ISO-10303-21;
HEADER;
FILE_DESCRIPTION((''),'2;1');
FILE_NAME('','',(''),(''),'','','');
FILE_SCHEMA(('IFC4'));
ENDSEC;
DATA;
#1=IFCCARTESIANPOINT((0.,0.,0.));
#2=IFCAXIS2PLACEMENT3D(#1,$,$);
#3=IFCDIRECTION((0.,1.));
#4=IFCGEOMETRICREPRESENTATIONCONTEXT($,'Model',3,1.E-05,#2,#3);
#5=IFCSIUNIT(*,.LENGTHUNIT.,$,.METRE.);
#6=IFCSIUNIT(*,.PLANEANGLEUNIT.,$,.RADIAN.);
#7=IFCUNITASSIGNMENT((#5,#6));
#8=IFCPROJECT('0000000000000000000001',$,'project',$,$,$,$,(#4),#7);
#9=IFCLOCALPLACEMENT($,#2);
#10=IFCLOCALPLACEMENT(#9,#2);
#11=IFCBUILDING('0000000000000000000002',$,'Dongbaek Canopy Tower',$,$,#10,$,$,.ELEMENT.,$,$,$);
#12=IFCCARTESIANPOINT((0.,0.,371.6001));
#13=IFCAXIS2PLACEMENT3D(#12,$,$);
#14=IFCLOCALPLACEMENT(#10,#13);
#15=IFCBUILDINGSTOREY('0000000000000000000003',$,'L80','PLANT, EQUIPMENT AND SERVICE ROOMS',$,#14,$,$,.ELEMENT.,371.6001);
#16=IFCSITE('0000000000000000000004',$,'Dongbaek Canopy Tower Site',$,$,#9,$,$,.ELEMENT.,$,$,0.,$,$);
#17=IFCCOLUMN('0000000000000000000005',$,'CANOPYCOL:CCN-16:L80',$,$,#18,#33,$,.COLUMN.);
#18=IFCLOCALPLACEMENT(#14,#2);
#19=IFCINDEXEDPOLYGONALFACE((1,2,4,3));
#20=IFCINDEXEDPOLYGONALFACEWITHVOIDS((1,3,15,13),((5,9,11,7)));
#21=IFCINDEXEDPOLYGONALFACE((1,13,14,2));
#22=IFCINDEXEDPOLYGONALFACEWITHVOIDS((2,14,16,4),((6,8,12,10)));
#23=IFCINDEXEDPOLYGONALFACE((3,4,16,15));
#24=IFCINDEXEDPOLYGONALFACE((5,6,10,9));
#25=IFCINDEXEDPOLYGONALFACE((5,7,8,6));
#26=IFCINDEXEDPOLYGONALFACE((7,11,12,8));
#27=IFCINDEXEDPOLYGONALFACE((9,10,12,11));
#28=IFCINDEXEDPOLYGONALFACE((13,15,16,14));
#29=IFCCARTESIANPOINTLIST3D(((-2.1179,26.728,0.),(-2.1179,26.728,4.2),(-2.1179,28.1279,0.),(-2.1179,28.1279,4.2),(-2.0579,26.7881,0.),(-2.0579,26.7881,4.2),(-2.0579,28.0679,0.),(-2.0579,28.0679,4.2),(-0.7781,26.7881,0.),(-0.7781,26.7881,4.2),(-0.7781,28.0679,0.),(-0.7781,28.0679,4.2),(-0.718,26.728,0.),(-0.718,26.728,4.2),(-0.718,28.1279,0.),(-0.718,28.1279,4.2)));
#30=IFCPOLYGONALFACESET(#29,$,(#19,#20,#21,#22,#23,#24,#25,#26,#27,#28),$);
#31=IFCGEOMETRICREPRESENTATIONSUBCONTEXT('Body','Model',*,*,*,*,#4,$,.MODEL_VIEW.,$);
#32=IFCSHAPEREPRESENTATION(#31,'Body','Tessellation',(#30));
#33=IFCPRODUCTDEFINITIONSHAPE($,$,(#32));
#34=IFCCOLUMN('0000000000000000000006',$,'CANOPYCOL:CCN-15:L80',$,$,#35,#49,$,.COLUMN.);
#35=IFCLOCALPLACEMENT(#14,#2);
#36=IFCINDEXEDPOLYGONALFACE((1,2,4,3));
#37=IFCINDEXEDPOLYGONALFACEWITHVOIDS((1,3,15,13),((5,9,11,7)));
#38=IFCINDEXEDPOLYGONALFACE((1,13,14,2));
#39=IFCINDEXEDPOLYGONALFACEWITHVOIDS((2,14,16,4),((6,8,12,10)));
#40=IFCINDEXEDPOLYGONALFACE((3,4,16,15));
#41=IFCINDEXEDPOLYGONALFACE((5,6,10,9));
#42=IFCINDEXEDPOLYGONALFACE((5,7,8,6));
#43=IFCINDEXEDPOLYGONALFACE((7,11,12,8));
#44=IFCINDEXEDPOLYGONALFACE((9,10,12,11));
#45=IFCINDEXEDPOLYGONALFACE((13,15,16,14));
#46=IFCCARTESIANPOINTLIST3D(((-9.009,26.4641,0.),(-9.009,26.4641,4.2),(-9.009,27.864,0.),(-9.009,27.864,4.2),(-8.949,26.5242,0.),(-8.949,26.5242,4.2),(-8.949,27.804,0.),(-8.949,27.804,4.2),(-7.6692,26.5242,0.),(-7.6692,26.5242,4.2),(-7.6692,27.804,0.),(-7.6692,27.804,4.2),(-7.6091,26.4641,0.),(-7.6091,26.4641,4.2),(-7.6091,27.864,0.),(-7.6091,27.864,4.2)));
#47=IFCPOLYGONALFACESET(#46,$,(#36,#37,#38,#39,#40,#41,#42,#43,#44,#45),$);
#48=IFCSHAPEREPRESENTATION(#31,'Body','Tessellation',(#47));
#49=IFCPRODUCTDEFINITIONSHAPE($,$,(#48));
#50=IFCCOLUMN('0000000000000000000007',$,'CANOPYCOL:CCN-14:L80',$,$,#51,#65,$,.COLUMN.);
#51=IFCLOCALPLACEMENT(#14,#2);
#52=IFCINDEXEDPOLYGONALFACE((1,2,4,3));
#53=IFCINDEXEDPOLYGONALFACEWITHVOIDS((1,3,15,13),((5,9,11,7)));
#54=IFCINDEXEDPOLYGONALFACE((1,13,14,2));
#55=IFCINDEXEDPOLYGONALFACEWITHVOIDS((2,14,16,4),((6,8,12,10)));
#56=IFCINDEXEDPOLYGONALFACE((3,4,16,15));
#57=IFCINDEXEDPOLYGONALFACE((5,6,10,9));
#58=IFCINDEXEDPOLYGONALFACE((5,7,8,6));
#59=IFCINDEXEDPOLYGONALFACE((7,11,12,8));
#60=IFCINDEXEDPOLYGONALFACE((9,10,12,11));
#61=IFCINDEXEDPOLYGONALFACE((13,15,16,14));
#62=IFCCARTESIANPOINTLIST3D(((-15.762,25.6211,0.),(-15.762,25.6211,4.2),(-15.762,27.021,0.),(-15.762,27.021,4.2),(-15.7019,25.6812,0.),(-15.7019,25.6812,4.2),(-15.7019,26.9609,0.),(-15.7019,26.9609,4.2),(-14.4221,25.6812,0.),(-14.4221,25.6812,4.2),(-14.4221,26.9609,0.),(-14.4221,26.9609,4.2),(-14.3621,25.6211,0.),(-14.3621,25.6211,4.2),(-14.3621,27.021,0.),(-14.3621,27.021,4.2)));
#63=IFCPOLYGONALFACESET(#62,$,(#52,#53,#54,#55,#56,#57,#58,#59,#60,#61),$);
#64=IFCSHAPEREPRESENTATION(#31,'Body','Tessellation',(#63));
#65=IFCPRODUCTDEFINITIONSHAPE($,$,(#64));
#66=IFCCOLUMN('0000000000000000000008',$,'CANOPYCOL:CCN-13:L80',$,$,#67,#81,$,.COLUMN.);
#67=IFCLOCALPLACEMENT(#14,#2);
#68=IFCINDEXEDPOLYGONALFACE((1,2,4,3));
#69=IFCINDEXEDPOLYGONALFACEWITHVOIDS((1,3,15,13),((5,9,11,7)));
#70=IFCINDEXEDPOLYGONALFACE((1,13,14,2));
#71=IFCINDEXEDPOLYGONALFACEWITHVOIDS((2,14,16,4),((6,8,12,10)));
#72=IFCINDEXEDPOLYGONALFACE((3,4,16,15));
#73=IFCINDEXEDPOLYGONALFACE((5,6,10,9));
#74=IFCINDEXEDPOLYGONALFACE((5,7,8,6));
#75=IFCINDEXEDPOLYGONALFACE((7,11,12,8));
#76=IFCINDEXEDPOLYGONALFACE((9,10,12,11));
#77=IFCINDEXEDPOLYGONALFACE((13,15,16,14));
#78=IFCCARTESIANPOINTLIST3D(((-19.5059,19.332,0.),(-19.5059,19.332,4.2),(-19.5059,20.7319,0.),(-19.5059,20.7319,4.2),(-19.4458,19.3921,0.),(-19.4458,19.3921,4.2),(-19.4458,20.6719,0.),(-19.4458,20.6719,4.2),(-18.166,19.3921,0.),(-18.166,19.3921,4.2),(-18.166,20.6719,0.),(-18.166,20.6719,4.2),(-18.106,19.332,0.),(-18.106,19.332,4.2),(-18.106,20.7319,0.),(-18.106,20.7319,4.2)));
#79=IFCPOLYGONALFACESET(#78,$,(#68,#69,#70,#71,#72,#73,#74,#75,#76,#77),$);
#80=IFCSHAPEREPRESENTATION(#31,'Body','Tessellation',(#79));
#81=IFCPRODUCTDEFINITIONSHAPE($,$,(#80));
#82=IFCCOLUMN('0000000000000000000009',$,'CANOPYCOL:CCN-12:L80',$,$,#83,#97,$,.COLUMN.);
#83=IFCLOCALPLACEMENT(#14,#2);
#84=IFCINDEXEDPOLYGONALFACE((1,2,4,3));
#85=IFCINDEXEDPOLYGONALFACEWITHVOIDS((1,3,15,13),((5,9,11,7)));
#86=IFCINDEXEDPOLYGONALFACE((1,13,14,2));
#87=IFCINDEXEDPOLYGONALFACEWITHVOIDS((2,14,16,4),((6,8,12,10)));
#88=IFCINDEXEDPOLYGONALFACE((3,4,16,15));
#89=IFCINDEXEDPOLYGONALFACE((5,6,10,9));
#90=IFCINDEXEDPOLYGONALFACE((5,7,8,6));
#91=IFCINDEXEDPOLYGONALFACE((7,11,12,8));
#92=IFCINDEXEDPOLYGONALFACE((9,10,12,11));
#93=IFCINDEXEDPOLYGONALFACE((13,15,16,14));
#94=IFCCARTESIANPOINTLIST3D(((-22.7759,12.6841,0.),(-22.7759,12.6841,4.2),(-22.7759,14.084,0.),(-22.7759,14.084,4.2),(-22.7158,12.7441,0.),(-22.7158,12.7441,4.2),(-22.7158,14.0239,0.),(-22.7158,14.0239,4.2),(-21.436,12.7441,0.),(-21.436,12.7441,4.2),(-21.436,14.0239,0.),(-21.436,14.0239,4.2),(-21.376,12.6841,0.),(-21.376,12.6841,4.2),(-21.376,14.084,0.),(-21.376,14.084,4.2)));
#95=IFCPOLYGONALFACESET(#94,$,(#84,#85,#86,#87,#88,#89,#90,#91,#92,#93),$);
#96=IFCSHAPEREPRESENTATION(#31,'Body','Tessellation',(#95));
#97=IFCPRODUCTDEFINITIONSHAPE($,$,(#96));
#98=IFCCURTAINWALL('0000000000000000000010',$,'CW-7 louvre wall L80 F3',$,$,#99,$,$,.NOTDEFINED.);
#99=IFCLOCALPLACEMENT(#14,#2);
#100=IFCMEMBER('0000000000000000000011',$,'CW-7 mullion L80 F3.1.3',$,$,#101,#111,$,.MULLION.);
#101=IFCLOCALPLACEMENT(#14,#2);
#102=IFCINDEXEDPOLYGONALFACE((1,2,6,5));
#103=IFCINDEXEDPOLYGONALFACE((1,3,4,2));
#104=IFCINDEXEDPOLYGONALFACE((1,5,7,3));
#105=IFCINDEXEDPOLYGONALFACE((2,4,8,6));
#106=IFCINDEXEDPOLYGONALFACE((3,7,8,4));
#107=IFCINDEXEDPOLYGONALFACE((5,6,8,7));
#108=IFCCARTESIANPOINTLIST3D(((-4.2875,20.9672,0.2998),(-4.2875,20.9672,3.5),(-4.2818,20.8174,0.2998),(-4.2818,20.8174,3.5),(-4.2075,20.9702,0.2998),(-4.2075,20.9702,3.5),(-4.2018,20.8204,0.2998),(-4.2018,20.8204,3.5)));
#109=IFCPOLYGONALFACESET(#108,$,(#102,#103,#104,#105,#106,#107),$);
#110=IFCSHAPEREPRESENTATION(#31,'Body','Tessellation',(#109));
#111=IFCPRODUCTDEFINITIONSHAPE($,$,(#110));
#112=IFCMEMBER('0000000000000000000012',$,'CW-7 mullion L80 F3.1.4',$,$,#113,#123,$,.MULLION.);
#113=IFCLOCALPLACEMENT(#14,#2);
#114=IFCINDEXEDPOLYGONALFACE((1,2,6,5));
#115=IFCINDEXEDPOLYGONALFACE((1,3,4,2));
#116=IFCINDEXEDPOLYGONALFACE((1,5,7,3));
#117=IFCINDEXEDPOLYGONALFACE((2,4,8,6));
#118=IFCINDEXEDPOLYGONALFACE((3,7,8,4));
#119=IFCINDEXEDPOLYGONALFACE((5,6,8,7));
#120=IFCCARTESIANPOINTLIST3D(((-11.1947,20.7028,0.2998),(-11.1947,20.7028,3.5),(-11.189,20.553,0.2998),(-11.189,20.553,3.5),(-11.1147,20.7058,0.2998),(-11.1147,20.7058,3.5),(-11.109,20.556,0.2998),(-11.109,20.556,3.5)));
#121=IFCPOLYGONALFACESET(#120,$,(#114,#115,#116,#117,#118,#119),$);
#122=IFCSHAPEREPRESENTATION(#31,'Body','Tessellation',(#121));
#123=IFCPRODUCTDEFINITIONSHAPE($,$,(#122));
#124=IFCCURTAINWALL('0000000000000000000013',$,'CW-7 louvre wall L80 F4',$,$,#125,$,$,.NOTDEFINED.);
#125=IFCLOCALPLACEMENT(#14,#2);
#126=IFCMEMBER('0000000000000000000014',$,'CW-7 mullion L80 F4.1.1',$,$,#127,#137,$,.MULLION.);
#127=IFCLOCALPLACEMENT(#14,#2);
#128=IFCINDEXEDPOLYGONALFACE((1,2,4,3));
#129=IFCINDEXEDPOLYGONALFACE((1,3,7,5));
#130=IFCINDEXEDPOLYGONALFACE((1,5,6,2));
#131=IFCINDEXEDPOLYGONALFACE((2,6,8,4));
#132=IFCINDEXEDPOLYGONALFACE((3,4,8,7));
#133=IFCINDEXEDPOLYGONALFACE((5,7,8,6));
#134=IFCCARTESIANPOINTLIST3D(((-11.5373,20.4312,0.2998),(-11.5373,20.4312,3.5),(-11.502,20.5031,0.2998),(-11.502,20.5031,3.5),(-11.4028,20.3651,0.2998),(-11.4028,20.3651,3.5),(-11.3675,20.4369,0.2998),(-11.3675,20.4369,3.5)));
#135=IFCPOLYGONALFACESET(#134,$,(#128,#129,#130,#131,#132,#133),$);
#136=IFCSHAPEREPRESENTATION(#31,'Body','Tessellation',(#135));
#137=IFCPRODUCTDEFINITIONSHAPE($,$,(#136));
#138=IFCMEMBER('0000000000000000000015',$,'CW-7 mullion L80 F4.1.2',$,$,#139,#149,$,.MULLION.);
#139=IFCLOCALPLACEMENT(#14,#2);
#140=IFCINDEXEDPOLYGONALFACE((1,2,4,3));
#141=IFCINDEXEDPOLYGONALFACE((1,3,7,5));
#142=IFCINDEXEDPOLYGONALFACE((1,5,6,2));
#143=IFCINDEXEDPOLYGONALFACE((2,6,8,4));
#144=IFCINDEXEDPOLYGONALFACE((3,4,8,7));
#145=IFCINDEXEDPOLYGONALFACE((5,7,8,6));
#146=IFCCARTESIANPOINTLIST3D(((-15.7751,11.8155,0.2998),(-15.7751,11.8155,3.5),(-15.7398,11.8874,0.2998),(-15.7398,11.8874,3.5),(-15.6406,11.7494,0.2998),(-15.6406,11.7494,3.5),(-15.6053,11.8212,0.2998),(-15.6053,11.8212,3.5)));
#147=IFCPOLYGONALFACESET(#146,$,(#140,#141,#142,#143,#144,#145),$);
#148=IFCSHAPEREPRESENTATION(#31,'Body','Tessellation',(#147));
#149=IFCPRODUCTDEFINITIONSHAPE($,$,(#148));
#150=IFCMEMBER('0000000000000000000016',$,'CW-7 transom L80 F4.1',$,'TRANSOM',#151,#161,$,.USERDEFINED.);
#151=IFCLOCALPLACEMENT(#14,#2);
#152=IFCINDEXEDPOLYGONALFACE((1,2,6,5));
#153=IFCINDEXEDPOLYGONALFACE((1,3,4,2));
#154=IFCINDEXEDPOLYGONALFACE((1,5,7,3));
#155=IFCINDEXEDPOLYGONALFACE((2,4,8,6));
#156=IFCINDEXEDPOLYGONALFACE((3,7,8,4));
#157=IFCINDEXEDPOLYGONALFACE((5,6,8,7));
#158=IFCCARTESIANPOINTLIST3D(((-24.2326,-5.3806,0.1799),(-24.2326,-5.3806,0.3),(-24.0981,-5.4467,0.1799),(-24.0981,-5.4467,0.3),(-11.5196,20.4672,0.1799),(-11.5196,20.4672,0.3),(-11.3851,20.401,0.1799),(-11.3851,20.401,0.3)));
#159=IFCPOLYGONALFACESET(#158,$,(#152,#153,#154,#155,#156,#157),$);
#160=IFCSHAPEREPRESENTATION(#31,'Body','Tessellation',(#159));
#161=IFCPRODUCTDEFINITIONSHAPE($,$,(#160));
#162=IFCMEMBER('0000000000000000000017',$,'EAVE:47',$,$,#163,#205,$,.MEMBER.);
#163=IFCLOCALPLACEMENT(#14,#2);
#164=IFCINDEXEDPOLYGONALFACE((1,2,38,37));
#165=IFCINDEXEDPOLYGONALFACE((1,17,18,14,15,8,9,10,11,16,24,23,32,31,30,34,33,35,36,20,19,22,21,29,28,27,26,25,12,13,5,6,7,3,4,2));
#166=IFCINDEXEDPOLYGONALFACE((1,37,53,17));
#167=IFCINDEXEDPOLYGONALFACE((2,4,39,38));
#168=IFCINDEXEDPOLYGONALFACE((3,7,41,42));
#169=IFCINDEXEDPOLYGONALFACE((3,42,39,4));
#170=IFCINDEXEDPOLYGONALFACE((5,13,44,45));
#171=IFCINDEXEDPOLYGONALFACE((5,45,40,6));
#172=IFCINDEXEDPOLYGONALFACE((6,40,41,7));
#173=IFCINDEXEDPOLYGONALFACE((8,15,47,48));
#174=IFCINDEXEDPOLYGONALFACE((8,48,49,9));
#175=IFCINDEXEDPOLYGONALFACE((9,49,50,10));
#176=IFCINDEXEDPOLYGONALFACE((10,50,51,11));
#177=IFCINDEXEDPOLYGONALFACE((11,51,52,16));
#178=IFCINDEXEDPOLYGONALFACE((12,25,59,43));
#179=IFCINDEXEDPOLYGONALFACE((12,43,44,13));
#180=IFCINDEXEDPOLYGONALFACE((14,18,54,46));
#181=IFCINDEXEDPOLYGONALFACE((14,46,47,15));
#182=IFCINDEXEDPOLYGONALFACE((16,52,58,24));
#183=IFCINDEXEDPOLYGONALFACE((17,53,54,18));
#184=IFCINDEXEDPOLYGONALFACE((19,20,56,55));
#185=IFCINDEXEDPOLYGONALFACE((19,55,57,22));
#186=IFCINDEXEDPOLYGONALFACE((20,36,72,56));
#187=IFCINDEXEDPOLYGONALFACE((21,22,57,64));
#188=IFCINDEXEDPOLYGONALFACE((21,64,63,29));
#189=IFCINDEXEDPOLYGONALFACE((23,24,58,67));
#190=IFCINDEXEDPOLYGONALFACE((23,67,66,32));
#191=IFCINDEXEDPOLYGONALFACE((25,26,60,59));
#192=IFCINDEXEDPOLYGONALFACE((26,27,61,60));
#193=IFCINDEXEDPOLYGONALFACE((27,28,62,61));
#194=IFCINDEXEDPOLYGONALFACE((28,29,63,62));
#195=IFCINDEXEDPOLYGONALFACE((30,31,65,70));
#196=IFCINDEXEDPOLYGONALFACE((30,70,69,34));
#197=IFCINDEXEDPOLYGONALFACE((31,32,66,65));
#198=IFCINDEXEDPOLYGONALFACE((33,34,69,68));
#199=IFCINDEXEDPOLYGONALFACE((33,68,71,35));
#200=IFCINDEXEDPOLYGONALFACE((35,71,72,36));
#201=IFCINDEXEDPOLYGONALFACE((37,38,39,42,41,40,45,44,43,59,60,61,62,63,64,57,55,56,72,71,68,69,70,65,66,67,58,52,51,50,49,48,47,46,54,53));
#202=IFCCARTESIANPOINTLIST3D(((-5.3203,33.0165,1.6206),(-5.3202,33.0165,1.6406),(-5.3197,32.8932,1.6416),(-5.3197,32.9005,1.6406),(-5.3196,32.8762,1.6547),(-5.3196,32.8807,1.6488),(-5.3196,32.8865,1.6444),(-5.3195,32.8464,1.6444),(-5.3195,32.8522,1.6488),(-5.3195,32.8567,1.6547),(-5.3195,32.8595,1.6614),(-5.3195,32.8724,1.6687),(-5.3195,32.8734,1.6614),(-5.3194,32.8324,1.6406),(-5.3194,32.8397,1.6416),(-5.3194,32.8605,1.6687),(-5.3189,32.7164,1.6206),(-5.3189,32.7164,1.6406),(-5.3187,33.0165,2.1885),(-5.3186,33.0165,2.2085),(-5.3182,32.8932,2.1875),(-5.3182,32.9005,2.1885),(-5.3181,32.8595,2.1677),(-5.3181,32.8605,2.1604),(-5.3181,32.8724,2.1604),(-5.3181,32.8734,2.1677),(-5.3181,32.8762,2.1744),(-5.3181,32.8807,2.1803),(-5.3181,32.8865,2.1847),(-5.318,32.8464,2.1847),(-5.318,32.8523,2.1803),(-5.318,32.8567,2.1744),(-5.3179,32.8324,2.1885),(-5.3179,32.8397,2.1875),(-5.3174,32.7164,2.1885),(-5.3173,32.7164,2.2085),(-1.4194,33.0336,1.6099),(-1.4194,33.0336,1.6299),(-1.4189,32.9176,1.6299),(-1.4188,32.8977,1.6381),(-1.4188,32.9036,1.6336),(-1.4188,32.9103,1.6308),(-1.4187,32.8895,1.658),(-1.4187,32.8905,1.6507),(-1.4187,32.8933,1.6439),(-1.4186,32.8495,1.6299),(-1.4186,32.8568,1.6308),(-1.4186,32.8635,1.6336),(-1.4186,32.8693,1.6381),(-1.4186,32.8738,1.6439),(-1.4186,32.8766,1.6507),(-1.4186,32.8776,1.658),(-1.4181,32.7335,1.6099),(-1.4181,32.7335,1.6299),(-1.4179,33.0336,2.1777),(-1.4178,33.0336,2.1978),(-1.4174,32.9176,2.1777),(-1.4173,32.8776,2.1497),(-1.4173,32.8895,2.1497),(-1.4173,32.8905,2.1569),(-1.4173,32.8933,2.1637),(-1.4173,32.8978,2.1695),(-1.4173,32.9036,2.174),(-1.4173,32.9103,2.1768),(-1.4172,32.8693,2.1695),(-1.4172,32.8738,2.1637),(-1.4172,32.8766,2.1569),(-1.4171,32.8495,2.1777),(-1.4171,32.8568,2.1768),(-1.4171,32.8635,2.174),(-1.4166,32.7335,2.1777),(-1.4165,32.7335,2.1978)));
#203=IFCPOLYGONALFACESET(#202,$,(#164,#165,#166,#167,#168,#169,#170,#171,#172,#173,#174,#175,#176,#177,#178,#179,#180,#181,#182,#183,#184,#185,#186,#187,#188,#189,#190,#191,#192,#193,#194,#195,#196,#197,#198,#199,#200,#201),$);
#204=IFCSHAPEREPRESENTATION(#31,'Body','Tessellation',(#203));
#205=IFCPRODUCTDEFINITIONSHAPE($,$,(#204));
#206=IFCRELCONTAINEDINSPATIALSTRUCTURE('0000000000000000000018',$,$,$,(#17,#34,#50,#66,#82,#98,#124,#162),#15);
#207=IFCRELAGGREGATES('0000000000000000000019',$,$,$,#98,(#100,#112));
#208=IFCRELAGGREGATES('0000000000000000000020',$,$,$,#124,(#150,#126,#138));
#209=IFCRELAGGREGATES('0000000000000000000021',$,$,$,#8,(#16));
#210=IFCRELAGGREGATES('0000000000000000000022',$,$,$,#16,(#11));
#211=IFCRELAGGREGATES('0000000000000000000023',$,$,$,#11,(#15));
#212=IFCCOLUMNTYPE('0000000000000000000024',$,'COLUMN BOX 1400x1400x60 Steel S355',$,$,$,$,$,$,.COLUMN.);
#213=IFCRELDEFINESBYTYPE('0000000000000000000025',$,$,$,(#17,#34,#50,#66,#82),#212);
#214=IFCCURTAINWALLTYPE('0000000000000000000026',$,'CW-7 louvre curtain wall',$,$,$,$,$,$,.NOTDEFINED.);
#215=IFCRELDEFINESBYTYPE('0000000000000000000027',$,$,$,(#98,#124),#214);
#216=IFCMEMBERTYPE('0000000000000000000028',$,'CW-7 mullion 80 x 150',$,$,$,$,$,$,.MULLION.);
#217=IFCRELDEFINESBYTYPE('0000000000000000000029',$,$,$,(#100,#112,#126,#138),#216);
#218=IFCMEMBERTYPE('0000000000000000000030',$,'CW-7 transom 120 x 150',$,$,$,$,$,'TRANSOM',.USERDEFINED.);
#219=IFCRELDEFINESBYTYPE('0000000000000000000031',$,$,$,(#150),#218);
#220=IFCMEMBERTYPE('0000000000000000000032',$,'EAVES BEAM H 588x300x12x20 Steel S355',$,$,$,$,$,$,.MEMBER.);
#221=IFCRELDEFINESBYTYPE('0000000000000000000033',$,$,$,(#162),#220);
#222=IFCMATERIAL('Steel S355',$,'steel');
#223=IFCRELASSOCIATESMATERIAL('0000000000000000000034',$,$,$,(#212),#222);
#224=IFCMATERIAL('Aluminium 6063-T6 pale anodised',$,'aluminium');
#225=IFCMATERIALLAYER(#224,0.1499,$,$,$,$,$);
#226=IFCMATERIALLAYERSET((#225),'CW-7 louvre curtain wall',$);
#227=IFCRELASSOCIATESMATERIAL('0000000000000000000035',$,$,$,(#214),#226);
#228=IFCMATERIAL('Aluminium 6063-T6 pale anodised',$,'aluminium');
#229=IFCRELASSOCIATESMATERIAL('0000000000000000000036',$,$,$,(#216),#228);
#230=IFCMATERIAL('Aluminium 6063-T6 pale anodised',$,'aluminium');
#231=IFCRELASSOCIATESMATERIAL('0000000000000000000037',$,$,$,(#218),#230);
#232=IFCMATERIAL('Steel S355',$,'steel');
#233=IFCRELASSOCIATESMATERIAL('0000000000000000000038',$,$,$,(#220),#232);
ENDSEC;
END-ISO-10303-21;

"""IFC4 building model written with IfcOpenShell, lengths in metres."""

from ifc_helpers import new_model, si_unit, direction, frame, origin, origin_2d, place, context, subcontext, project, spatial, rectangle, hollow_rectangle, i_section, extrude, material, layer, layer_set, material_profile, profile_set, type_object, element, aggregate, save


model = new_model("IFC4")

# Units and contexts
model_context = context("Model", 3, precision=1e-05, world=origin(), true_north=direction((0.0, 1.0)))
body_context = subcontext(model_context, "Body", "Model", "MODEL_VIEW")
ifc_project = project(units=[si_unit("LENGTHUNIT", "METRE"), si_unit("PLANEANGLEUNIT", "RADIAN")], contexts=[model_context])

# Site, building, storey
site_placement = place(None, origin())
site = spatial("IfcSite", under=ifc_project, at=site_placement, Name="Dongbaek Canopy Tower Site", CompositionType="ELEMENT", RefElevation=0.0)
building_placement = place(site_placement, origin())
building = spatial("IfcBuilding", under=site, at=building_placement, Name="Dongbaek Canopy Tower", CompositionType="ELEMENT")
storey_placement = place(building_placement, frame((0.0, 0.0, 371.6001)))
storey = spatial("IfcBuildingStorey", under=building, at=storey_placement, Name="L80", Description="PLANT, EQUIPMENT AND SERVICE ROOMS", CompositionType="ELEMENT", Elevation=371.6001)

# Columns
ifc_material_1 = material(Name="Steel S355", Category="steel")
ifc_material_profile_1 = material_profile(ifc_material_1, hollow_rectangle(XDim=1.3999, YDim=1.3999, WallThickness=0.0601, at=origin_2d()), Name="COLUMN BOX 1400x1400x60 Steel S355")
ifc_profile_set_1 = profile_set([ifc_material_profile_1], Name="Steel S355")
column_type = type_object("IfcColumnType", Name="COLUMN BOX 1400x1400x60 Steel S355", PredefinedType="COLUMN", material=ifc_profile_set_1)
for number, where, z_axis, x_axis, name in (
    (1, (-1.418, 27.428, 0.0), (0.0, 0.0, 1.0), (1.0, 0.0, 0.0), "CANOPYCOL:CCN-16:L80"),
    (2, (-8.3091, 27.1641, 0.0), (0.0, 0.0, 1.0), (1.0, 0.0, 0.0), "CANOPYCOL:CCN-15:L80"),
    (3, (-15.062, 26.321, 0.0), (0.0, 0.0, 1.0), (1.0, 0.0, 0.0), "CANOPYCOL:CCN-14:L80"),
    (4, (-18.8059, 20.032, 0.0), (0.0, 0.0, 1.0), (1.0, 0.0, 0.0), "CANOPYCOL:CCN-13:L80"),
    (5, (-22.0759, 13.384, 0.0), (0.0, 0.0, 1.0), (1.0, 0.0, 0.0), "CANOPYCOL:CCN-12:L80"),
):
    element("IfcColumn", number, at=place(storey_placement, frame(where, z_axis=z_axis, x_axis=x_axis)), inside=storey, type_object=column_type, Name=name, PredefinedType="COLUMN", context=body_context, shape_type="SweptSolid", body=[
        extrude(hollow_rectangle(XDim=1.3999, YDim=1.3999, WallThickness=0.0601, at=origin_2d()), origin(), (0.0, 0.0, 1.0), 4.2),
    ])

# Curtain walls, members
ifc_material_2 = material(Name="Aluminium 6063-T6 pale anodised", Category="aluminium")
ifc_layer_1 = layer(ifc_material_2, 0.1499)
ifc_layer_set_1 = layer_set([ifc_layer_1], Name="CW-7 louvre curtain wall")
curtain_wall_type = type_object("IfcCurtainWallType", Name="CW-7 louvre curtain wall", PredefinedType="NOTDEFINED", material=ifc_layer_set_1)
curtain_wall_1_placement = place(storey_placement, origin())
curtain_wall_1 = element("IfcCurtainWall", 6, at=curtain_wall_1_placement, inside=storey, type_object=curtain_wall_type, Name="CW-7 louvre wall L80 F3", PredefinedType="NOTDEFINED")
ifc_material_3 = material(Name="Aluminium 6063-T6 pale anodised", Category="aluminium")
ifc_material_profile_2 = material_profile(ifc_material_3, rectangle(XDim=0.1499, YDim=0.0801, at=origin_2d()), Name="CW-7 mullion 80 x 150")
ifc_profile_set_2 = profile_set([ifc_material_profile_2], Name="Aluminium 6063-T6 pale anodised")
member_type_1 = type_object("IfcMemberType", Name="CW-7 mullion 80 x 150", PredefinedType="MULLION", material=ifc_profile_set_2)
member_1_placement = place(storey_placement, frame((-4.2446, 20.8938, 0.2998), z_axis=(0.0, 0.0, 1.0), x_axis=(-0.038232, 0.999269, 0.0)))
member_1 = element("IfcMember", 7, at=member_1_placement, type_object=member_type_1, Name="CW-7 mullion L80 F3.1.3", PredefinedType="MULLION", context=body_context, shape_type="SweptSolid", body=[
    extrude(rectangle(XDim=0.1499, YDim=0.0801, at=origin_2d()), origin(), (0.0, 0.0, 1.0), 3.2002),
])
member_2_placement = place(storey_placement, frame((-11.1519, 20.6294, 0.2998), z_axis=(0.0, 0.0, 1.0), x_axis=(-0.038232, 0.999269, 0.0)))
member_2 = element("IfcMember", 8, at=member_2_placement, type_object=member_type_1, Name="CW-7 mullion L80 F3.1.4", PredefinedType="MULLION", context=body_context, shape_type="SweptSolid", body=[
    extrude(rectangle(XDim=0.1499, YDim=0.0801, at=origin_2d()), origin(), (0.0, 0.0, 1.0), 3.2002),
])
curtain_wall_2_placement = place(storey_placement, origin())
curtain_wall_2 = element("IfcCurtainWall", 9, at=curtain_wall_2_placement, inside=storey, type_object=curtain_wall_type, Name="CW-7 louvre wall L80 F4", PredefinedType="NOTDEFINED")
member_3_placement = place(storey_placement, frame((-11.4524, 20.4341, 0.2998), z_axis=(0.0, 0.0, 1.0), x_axis=(-0.897339, 0.441342, 0.0)))
member_3 = element("IfcMember", 10, at=member_3_placement, type_object=member_type_1, Name="CW-7 mullion L80 F4.1.1", PredefinedType="MULLION", context=body_context, shape_type="SweptSolid", body=[
    extrude(rectangle(XDim=0.1499, YDim=0.0801, at=origin_2d()), origin(), (0.0, 0.0, 1.0), 3.2002),
])
member_4_placement = place(storey_placement, frame((-15.6902, 11.8184, 0.2998), z_axis=(0.0, 0.0, 1.0), x_axis=(-0.897339, 0.441342, 0.0)))
member_4 = element("IfcMember", 11, at=member_4_placement, type_object=member_type_1, Name="CW-7 mullion L80 F4.1.2", PredefinedType="MULLION", context=body_context, shape_type="SweptSolid", body=[
    extrude(rectangle(XDim=0.1499, YDim=0.0801, at=origin_2d()), origin(), (0.0, 0.0, 1.0), 3.2002),
])
ifc_material_4 = material(Name="Aluminium 6063-T6 pale anodised", Category="aluminium")
ifc_material_profile_3 = material_profile(ifc_material_4, rectangle(XDim=0.1499, YDim=0.1201, at=origin_2d()), Name="CW-7 transom 120 x 150")
ifc_profile_set_3 = profile_set([ifc_material_profile_3], Name="Aluminium 6063-T6 pale anodised")
member_type_2 = type_object("IfcMemberType", Name="CW-7 transom 120 x 150", ElementType="TRANSOM", PredefinedType="USERDEFINED", material=ifc_profile_set_3)
member_5_placement = place(storey_placement, frame((-11.4524, 20.4341, 0.24), z_axis=(-0.441346, -0.897337, 0.0), x_axis=(0.897337, -0.441346, 0.0)))
member_5 = element("IfcMember", 12, at=member_5_placement, type_object=member_type_2, Name="CW-7 transom L80 F4.1", ObjectType="TRANSOM", PredefinedType="USERDEFINED", context=body_context, shape_type="SweptSolid", body=[
    extrude(rectangle(XDim=0.1499, YDim=0.1201, at=origin_2d()), origin(), (0.0, 0.0, 1.0), 28.8049),
])

# Member
ifc_material_5 = material(Name="Steel S355", Category="steel")
ifc_material_profile_4 = material_profile(ifc_material_5, i_section(OverallWidth=0.3, OverallDepth=0.5879, WebThickness=0.012, FlangeThickness=0.02, FilletRadius=0.0281, at=origin_2d()), Name="EAVES BEAM H 588x300x12x20 Steel S355")
ifc_profile_set_4 = profile_set([ifc_material_profile_4], Name="Steel S355")
member_type_3 = type_object("IfcMemberType", Name="EAVES BEAM H 588x300x12x20 Steel S355", PredefinedType="MEMBER", material=ifc_profile_set_4)
member_6_placement = place(storey_placement, frame((-1.418, 32.8835, 1.9038), z_axis=(-0.999987, -0.004381, 0.002754), x_axis=(0.004381, -0.99999, 0.0)))
element("IfcMember", 13, at=member_6_placement, inside=storey, type_object=member_type_3, Name="EAVE:47", PredefinedType="MEMBER", context=body_context, shape_type="SweptSolid", body=[
    extrude(i_section(OverallWidth=0.3, OverallDepth=0.5879, WebThickness=0.012, FlangeThickness=0.02, FilletRadius=0.0281, at=origin_2d()), origin(), (0.0, 0.0, 1.0), 3.9009),
])

aggregate(curtain_wall_1, [member_1, member_2])
aggregate(curtain_wall_2, [member_5, member_3, member_4])

save(model, "model.ifc")
